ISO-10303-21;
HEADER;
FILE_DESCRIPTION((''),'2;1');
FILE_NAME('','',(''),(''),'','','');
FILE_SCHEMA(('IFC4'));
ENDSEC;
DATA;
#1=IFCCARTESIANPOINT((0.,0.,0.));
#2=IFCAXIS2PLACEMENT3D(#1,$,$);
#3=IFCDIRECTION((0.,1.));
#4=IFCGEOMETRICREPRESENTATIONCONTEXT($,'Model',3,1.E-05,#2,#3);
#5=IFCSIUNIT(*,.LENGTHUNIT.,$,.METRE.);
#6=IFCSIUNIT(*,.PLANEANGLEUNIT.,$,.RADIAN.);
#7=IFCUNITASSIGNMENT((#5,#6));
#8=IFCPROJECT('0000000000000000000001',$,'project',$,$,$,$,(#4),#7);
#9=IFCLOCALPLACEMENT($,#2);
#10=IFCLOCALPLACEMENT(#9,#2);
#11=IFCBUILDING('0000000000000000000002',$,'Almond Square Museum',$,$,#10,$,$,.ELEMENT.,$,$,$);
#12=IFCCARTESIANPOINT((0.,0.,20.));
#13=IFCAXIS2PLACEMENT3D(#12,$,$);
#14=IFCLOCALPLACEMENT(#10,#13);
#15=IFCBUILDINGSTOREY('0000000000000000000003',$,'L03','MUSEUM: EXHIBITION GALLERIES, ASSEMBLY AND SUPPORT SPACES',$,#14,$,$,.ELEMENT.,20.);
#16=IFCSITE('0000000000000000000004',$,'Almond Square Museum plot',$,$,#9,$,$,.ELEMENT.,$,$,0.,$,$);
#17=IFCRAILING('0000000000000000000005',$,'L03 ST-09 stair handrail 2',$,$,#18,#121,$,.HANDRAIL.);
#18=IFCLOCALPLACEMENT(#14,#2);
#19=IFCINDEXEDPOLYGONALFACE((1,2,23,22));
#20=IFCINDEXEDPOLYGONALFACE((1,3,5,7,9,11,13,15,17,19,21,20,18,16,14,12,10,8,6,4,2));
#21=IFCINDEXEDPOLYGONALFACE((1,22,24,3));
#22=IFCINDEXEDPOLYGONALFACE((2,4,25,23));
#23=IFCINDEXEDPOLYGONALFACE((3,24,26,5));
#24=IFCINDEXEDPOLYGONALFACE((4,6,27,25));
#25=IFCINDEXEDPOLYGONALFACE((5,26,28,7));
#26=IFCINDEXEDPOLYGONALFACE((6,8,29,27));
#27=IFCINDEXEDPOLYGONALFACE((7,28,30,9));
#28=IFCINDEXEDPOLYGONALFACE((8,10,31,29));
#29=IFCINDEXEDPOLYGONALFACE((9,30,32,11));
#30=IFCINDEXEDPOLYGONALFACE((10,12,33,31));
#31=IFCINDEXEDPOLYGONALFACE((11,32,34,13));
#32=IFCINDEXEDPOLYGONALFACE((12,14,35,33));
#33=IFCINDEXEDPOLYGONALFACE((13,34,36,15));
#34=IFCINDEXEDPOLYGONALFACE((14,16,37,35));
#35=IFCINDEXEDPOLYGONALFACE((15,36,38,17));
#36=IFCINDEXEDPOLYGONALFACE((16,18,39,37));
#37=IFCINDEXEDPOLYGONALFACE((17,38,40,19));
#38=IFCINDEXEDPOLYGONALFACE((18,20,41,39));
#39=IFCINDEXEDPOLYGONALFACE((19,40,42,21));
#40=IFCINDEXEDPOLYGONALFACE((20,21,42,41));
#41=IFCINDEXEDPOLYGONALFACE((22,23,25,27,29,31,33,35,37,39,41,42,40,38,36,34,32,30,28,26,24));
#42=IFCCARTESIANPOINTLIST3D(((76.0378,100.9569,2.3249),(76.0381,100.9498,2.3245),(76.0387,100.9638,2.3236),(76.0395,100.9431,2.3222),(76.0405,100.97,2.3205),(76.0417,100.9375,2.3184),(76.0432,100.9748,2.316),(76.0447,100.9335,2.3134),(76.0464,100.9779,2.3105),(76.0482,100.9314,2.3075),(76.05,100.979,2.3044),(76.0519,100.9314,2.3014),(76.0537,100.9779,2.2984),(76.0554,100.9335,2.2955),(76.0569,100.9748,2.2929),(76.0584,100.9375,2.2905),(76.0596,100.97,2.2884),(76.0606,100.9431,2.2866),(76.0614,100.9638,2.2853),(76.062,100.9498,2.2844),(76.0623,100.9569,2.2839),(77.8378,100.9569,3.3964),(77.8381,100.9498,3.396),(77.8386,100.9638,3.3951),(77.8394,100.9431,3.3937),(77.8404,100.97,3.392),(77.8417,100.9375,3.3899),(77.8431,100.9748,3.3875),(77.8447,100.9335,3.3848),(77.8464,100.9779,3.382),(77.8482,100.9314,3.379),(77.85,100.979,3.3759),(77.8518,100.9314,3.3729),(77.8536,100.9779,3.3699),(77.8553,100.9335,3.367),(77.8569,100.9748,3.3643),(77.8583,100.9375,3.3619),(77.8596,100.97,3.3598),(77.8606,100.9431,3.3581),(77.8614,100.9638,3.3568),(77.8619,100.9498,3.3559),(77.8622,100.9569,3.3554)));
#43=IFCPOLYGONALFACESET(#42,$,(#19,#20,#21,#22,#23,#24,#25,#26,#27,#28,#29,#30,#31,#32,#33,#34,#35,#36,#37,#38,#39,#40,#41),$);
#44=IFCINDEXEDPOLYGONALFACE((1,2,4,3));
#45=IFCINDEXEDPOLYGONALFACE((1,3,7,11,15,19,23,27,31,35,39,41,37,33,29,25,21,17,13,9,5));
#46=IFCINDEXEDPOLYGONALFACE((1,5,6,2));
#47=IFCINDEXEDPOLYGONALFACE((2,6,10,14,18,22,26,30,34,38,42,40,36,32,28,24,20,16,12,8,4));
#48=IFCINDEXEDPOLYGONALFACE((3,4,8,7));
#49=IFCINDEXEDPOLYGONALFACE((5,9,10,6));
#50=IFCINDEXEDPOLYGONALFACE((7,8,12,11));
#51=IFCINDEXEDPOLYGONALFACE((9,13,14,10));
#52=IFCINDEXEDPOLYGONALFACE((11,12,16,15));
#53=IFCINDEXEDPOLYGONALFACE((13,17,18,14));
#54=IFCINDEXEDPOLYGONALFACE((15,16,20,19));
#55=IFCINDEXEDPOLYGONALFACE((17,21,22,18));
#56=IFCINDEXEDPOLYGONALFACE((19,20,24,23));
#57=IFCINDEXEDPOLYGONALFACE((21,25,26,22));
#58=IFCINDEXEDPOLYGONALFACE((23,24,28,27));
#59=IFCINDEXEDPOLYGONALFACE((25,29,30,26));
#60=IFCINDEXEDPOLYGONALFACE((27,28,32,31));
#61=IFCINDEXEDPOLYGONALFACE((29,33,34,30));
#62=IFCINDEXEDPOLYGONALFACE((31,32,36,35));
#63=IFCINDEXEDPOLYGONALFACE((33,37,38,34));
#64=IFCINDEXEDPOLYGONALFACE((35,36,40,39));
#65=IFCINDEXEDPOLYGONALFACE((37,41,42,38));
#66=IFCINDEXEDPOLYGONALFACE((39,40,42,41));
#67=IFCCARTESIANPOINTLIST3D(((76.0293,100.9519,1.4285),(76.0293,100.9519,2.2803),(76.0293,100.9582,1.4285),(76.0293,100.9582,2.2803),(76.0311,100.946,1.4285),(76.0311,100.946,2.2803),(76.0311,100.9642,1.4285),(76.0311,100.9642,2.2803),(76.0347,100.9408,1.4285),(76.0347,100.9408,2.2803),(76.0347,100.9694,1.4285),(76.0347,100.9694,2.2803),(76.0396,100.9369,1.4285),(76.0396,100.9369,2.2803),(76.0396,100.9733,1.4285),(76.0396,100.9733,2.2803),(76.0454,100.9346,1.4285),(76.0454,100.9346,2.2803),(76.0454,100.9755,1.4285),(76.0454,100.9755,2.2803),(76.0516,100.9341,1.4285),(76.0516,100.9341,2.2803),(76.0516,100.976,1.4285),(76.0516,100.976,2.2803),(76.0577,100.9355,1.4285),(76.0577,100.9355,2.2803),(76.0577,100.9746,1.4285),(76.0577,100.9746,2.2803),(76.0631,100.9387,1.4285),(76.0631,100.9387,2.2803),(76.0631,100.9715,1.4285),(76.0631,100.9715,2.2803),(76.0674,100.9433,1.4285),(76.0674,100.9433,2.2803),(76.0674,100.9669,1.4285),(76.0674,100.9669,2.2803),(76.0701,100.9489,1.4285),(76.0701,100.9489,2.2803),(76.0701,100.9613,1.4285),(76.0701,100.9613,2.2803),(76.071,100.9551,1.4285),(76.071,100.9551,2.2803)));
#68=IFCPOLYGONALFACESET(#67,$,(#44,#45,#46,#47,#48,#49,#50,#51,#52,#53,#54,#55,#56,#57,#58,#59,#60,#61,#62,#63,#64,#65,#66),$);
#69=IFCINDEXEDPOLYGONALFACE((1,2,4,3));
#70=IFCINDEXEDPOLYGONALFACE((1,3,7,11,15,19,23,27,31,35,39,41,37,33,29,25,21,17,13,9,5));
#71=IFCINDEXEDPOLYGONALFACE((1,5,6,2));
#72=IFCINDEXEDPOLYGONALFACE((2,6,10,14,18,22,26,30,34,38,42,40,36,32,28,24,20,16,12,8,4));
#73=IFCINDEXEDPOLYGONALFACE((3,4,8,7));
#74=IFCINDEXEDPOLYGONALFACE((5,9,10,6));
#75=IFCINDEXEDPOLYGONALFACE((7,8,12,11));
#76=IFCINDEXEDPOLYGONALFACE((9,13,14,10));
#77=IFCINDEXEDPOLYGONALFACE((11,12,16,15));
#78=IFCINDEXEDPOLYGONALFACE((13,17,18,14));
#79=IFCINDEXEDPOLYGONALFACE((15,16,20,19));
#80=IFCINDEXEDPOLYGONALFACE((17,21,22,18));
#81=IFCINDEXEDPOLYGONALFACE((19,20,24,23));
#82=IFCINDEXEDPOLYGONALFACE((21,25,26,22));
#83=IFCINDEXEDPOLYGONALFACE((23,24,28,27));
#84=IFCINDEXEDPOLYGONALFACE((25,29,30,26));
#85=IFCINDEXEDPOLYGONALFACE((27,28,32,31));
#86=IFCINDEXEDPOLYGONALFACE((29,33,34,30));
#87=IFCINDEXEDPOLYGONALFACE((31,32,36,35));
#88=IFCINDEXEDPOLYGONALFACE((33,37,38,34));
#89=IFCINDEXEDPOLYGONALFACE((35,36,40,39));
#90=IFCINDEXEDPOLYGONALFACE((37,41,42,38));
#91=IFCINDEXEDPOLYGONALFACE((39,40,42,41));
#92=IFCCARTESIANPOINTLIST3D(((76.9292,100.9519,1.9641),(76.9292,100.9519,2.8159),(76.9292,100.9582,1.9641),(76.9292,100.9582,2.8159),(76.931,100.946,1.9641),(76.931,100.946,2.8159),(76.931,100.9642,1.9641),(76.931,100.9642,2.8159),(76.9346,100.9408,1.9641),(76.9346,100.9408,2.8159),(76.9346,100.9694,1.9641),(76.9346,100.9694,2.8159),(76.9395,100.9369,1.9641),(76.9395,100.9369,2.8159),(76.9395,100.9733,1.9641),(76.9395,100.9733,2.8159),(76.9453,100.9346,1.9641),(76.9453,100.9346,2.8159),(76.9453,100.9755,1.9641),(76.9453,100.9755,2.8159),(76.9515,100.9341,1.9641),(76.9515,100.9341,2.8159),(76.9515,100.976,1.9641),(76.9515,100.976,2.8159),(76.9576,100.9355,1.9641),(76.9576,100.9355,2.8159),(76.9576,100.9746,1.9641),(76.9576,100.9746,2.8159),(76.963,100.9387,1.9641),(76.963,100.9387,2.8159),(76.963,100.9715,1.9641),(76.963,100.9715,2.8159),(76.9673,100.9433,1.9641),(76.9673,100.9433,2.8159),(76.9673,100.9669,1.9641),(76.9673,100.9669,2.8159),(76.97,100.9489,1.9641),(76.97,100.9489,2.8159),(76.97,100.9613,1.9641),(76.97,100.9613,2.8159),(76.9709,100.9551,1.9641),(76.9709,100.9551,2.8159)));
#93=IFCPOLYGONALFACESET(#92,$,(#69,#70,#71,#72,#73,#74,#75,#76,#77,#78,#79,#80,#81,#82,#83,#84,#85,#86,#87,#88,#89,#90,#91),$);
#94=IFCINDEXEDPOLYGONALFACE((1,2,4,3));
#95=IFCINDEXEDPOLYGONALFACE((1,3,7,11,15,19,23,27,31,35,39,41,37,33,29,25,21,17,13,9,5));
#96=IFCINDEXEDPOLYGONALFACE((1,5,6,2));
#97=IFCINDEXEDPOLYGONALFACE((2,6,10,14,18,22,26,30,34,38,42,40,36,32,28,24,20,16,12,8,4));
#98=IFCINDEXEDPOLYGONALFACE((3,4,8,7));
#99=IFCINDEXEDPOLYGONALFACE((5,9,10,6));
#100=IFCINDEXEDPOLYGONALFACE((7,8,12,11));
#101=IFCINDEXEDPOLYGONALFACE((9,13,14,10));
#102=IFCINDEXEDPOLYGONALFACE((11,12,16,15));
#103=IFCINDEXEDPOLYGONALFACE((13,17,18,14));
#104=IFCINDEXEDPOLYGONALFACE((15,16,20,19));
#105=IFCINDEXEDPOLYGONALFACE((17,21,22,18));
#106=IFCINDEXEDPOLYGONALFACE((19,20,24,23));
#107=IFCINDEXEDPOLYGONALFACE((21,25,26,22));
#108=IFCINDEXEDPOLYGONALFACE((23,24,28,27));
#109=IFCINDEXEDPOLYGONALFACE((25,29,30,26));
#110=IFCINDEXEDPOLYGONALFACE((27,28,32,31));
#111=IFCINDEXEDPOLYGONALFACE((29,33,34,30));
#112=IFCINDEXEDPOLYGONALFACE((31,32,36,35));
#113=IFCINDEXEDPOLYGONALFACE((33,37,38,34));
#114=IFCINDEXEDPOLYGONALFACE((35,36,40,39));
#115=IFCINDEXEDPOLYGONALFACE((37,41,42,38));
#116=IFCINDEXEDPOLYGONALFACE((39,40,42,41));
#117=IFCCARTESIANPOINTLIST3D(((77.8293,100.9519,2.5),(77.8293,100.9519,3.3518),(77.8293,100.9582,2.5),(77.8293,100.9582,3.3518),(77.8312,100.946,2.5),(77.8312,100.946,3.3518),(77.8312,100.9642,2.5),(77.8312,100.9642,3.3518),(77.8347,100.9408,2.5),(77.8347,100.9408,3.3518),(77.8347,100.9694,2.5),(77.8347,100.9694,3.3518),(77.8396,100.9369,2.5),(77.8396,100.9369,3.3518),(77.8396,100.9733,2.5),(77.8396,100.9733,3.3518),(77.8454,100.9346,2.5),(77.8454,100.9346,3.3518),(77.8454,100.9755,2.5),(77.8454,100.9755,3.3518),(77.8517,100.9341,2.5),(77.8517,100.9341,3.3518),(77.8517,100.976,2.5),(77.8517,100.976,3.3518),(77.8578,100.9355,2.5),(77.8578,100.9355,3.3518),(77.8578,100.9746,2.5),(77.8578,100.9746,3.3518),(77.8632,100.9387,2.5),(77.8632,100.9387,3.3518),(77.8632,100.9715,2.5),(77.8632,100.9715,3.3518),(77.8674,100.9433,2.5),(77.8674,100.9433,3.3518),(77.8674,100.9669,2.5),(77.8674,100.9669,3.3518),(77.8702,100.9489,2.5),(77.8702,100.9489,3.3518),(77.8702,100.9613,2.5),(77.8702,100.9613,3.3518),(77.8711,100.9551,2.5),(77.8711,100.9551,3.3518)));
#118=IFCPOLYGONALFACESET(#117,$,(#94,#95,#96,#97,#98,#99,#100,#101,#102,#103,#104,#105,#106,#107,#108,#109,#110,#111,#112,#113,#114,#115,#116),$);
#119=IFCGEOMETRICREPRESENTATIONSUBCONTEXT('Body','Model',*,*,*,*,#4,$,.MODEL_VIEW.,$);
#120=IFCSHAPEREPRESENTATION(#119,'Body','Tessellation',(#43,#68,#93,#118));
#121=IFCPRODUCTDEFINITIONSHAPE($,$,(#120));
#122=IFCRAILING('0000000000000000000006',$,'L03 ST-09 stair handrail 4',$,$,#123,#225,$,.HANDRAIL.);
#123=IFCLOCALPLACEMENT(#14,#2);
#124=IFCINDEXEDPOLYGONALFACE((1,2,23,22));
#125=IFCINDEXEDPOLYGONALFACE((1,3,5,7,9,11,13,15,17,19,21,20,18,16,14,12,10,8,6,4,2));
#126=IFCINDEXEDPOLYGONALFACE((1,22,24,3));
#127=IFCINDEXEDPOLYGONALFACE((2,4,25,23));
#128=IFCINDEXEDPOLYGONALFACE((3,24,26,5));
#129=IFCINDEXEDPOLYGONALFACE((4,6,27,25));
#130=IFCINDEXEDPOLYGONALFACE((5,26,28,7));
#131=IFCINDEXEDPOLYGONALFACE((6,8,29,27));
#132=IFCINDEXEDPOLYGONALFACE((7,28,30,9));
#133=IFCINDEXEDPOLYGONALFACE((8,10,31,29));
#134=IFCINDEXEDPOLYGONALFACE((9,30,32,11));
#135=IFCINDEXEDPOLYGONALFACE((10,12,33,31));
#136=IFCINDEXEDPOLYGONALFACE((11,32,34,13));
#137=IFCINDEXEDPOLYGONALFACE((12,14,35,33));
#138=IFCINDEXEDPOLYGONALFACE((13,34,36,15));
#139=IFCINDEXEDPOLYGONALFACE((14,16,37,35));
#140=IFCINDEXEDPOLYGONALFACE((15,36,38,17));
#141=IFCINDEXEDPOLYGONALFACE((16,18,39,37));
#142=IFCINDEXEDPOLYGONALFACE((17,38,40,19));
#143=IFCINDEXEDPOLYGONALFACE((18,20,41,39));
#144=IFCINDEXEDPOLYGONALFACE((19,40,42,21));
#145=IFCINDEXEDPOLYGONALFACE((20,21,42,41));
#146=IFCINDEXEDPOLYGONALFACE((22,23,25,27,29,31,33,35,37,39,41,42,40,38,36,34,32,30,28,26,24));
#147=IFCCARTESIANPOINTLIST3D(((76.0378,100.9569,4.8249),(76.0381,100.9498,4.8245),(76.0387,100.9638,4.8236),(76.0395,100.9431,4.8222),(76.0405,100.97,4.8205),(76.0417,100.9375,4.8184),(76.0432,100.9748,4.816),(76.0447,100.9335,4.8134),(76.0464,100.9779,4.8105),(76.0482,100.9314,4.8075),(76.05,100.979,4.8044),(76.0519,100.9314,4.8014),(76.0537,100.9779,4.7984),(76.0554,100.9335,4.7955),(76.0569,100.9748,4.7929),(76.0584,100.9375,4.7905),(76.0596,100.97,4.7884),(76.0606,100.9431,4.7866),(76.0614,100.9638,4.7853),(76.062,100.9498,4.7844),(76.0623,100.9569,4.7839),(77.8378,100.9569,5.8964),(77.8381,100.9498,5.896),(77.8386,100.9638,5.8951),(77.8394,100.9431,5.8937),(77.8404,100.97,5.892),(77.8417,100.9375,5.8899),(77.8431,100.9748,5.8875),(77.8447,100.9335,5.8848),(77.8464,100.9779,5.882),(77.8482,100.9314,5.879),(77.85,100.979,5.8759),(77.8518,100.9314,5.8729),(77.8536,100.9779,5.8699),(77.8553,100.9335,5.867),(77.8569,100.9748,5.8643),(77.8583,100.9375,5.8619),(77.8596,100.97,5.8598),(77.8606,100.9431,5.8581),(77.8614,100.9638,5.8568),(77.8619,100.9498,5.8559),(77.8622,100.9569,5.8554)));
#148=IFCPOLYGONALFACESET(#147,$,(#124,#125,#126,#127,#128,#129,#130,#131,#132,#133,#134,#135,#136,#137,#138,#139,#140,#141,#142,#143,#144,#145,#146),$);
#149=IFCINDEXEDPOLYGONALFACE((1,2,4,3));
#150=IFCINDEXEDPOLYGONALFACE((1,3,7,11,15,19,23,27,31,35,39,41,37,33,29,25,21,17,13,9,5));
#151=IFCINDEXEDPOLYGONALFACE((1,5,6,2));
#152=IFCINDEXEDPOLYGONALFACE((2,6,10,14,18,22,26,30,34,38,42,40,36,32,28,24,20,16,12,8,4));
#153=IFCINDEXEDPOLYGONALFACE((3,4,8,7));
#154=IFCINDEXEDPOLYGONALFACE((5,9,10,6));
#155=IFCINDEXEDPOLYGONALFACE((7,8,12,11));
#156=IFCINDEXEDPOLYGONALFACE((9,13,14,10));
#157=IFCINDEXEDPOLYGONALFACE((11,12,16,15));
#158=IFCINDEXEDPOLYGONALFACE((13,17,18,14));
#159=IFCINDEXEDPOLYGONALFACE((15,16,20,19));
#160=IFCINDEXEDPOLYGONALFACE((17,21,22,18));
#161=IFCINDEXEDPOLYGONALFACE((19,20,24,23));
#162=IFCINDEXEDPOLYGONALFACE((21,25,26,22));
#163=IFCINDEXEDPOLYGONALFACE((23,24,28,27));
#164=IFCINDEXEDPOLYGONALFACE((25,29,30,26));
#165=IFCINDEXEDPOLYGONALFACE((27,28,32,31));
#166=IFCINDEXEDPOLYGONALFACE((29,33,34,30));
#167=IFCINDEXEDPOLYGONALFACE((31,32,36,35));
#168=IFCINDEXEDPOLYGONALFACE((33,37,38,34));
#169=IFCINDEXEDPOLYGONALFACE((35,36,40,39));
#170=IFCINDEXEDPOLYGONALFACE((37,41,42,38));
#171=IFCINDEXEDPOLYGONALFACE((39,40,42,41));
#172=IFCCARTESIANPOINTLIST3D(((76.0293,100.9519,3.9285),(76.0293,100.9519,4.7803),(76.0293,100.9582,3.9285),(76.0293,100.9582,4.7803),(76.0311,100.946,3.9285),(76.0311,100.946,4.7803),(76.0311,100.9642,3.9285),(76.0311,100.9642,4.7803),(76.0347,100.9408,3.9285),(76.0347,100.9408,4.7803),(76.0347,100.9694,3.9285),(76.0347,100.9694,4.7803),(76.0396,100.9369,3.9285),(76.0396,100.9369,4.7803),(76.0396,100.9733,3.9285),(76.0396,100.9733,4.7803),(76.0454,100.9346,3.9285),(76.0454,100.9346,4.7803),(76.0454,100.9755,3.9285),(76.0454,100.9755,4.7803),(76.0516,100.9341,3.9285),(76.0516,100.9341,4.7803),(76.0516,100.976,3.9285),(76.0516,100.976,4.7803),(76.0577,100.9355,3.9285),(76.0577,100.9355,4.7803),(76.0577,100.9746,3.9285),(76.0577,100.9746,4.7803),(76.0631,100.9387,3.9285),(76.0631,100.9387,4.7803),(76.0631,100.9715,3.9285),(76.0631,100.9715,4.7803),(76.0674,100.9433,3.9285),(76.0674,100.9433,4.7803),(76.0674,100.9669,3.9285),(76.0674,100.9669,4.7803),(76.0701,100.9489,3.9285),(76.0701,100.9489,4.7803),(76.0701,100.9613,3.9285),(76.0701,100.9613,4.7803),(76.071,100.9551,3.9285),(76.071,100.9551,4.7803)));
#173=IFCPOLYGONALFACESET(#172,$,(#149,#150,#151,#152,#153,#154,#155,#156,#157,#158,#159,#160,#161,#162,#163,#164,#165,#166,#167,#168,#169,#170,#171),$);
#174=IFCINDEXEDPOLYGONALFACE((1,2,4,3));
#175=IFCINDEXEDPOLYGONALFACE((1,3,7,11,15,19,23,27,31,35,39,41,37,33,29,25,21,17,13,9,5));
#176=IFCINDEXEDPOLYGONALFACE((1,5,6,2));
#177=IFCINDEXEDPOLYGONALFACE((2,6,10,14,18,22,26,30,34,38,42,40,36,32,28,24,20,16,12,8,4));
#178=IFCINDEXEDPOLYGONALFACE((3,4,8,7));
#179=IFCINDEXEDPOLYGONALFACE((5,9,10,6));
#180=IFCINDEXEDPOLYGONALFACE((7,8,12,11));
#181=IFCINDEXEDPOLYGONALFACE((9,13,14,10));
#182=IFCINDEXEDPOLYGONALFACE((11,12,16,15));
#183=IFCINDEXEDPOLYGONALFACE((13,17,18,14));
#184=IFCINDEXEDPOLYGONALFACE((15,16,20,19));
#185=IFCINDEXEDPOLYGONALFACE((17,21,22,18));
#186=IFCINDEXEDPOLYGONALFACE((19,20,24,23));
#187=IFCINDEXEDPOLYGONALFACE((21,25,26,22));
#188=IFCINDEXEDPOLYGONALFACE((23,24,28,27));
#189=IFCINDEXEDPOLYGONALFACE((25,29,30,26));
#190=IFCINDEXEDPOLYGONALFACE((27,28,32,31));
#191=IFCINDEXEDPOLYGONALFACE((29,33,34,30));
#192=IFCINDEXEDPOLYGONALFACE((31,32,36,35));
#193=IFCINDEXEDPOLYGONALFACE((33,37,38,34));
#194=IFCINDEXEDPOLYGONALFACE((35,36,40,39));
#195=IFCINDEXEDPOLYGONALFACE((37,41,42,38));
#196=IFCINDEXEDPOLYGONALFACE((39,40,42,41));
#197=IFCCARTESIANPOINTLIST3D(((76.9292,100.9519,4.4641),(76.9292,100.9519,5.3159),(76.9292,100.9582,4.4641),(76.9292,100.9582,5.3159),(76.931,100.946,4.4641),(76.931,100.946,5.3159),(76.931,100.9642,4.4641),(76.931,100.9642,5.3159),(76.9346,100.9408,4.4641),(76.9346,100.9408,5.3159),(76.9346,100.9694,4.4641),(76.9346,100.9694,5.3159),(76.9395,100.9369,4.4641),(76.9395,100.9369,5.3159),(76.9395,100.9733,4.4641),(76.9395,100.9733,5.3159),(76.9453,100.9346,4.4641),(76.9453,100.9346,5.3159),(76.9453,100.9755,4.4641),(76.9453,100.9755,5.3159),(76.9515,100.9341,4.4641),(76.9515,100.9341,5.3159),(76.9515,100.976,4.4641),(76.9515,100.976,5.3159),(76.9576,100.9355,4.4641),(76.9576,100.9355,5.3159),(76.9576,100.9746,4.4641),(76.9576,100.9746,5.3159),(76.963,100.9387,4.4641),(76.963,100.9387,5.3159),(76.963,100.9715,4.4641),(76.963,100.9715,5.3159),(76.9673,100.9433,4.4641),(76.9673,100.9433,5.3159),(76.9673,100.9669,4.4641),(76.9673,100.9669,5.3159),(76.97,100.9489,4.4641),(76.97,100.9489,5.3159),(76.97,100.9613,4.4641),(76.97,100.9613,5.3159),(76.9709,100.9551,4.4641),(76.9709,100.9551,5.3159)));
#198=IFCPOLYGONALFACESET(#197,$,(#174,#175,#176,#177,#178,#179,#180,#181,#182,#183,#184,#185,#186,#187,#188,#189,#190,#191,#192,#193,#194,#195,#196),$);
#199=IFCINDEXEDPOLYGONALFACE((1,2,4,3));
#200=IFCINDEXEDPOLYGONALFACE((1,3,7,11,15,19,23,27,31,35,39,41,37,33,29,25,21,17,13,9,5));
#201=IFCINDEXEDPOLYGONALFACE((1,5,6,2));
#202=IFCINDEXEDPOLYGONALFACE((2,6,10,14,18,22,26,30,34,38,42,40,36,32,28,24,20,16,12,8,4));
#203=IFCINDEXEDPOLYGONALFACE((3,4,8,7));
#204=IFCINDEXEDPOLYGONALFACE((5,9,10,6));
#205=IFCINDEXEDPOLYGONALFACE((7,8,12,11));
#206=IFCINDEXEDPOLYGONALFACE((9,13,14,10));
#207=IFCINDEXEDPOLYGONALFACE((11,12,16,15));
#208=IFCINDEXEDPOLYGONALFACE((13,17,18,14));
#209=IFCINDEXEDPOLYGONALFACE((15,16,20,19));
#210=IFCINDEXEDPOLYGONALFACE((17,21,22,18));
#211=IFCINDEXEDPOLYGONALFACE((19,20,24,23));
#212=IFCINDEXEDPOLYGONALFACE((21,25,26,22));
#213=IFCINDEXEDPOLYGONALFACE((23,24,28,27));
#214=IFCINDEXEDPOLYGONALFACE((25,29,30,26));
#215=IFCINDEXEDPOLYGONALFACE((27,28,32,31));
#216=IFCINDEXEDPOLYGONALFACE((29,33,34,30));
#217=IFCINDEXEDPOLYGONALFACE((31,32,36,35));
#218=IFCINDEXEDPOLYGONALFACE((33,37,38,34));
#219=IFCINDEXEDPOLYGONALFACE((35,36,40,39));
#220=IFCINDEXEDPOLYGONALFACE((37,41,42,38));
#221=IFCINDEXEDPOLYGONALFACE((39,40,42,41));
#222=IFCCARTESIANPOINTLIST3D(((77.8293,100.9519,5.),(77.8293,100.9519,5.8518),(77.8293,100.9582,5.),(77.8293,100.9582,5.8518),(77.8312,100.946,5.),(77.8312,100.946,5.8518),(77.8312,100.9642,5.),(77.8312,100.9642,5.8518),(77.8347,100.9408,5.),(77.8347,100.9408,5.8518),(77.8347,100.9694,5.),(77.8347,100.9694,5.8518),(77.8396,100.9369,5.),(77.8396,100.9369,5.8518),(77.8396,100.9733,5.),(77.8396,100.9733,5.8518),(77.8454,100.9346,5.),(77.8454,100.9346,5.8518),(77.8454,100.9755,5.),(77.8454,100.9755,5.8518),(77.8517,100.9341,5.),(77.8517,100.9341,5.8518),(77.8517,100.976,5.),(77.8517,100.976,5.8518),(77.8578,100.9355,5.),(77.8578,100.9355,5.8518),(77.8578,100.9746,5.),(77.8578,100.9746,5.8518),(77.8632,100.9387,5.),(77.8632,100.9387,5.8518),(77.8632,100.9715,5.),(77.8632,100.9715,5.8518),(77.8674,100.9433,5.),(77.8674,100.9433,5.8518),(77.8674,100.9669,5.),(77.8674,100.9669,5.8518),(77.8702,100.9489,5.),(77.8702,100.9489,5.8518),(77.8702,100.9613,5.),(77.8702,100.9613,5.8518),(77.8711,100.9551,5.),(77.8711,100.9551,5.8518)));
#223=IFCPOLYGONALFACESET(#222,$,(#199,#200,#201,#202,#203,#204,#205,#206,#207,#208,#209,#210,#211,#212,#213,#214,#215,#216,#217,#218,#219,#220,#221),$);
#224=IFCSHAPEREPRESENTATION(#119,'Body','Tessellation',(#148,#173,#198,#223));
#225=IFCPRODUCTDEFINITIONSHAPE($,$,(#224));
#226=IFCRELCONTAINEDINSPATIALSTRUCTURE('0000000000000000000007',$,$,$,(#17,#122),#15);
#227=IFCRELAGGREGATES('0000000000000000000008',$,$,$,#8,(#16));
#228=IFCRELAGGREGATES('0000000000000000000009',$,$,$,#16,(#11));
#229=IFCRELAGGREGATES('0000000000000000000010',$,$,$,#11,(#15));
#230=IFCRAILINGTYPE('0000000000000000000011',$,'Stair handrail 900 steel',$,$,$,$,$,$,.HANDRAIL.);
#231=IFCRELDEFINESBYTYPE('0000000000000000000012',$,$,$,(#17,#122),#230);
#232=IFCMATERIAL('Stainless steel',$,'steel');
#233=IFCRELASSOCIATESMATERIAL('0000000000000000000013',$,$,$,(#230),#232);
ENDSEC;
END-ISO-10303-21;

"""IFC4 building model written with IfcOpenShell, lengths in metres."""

from ifc_helpers import new_model, si_unit, direction, frame, origin, origin_2d, place, context, subcontext, project, spatial, circle, extrude, material, type_object, element, save


model = new_model("IFC4")

# Units and contexts
model_context = context("Model", 3, precision=1e-05, world=origin(), true_north=direction((0.0, 1.0)))
body_context = subcontext(model_context, "Body", "Model", "MODEL_VIEW")
ifc_project = project(units=[si_unit("LENGTHUNIT", "METRE"), si_unit("PLANEANGLEUNIT", "RADIAN")], contexts=[model_context])

# Site, building, storey
site_placement = place(None, origin())
site = spatial("IfcSite", under=ifc_project, at=site_placement, Name="Almond Square Museum plot", CompositionType="ELEMENT", RefElevation=0.0)
building_placement = place(site_placement, origin())
building = spatial("IfcBuilding", under=site, at=building_placement, Name="Almond Square Museum", CompositionType="ELEMENT")
storey_placement = place(building_placement, frame((0.0, 0.0, 20.0)))
storey = spatial("IfcBuildingStorey", under=building, at=storey_placement, Name="L03", Description="MUSEUM: EXHIBITION GALLERIES, ASSEMBLY AND SUPPORT SPACES", CompositionType="ELEMENT", Elevation=20.0)

# Railings
ifc_material_1 = material(Name="Stainless steel", Category="steel")
railing_type_1 = type_object("IfcRailingType", Name="Stair handrail 900 steel", PredefinedType="HANDRAIL", material=ifc_material_1)
for number, where, name in (
    (1, (76.05, 100.9551, 1.4285), "L03 ST-09 stair handrail 2"),
    (2, (76.05, 100.9551, 3.9285), "L03 ST-09 stair handrail 4"),
):
    element("IfcRailing", number, at=place(storey_placement, frame(where)), inside=storey, type_object=railing_type_1, Name=name, PredefinedType="HANDRAIL", context=body_context, shape_type="SweptSolid", body=[
        extrude(circle(Radius=0.0239, at=origin_2d()), frame((0.0, 0.0, 0.876), z_axis=(0.859277, 0.0, 0.51151), x_axis=(0.0, 1.0, 0.0)), (0.0, 0.0, 1.0), 2.0947),
        extrude(circle(Radius=0.021, at=origin_2d()), origin(), (0.0, 0.0, 1.0), 0.8518),
        extrude(circle(Radius=0.021, at=origin_2d()), frame((0.8999, 0.0, 0.5356)), (0.0, 0.0, 1.0), 0.8518),
        extrude(circle(Radius=0.021, at=origin_2d()), frame((1.8, 0.0, 1.0715)), (0.0, 0.0, 1.0), 0.8518),
    ])

save(model, "model.ifc")
